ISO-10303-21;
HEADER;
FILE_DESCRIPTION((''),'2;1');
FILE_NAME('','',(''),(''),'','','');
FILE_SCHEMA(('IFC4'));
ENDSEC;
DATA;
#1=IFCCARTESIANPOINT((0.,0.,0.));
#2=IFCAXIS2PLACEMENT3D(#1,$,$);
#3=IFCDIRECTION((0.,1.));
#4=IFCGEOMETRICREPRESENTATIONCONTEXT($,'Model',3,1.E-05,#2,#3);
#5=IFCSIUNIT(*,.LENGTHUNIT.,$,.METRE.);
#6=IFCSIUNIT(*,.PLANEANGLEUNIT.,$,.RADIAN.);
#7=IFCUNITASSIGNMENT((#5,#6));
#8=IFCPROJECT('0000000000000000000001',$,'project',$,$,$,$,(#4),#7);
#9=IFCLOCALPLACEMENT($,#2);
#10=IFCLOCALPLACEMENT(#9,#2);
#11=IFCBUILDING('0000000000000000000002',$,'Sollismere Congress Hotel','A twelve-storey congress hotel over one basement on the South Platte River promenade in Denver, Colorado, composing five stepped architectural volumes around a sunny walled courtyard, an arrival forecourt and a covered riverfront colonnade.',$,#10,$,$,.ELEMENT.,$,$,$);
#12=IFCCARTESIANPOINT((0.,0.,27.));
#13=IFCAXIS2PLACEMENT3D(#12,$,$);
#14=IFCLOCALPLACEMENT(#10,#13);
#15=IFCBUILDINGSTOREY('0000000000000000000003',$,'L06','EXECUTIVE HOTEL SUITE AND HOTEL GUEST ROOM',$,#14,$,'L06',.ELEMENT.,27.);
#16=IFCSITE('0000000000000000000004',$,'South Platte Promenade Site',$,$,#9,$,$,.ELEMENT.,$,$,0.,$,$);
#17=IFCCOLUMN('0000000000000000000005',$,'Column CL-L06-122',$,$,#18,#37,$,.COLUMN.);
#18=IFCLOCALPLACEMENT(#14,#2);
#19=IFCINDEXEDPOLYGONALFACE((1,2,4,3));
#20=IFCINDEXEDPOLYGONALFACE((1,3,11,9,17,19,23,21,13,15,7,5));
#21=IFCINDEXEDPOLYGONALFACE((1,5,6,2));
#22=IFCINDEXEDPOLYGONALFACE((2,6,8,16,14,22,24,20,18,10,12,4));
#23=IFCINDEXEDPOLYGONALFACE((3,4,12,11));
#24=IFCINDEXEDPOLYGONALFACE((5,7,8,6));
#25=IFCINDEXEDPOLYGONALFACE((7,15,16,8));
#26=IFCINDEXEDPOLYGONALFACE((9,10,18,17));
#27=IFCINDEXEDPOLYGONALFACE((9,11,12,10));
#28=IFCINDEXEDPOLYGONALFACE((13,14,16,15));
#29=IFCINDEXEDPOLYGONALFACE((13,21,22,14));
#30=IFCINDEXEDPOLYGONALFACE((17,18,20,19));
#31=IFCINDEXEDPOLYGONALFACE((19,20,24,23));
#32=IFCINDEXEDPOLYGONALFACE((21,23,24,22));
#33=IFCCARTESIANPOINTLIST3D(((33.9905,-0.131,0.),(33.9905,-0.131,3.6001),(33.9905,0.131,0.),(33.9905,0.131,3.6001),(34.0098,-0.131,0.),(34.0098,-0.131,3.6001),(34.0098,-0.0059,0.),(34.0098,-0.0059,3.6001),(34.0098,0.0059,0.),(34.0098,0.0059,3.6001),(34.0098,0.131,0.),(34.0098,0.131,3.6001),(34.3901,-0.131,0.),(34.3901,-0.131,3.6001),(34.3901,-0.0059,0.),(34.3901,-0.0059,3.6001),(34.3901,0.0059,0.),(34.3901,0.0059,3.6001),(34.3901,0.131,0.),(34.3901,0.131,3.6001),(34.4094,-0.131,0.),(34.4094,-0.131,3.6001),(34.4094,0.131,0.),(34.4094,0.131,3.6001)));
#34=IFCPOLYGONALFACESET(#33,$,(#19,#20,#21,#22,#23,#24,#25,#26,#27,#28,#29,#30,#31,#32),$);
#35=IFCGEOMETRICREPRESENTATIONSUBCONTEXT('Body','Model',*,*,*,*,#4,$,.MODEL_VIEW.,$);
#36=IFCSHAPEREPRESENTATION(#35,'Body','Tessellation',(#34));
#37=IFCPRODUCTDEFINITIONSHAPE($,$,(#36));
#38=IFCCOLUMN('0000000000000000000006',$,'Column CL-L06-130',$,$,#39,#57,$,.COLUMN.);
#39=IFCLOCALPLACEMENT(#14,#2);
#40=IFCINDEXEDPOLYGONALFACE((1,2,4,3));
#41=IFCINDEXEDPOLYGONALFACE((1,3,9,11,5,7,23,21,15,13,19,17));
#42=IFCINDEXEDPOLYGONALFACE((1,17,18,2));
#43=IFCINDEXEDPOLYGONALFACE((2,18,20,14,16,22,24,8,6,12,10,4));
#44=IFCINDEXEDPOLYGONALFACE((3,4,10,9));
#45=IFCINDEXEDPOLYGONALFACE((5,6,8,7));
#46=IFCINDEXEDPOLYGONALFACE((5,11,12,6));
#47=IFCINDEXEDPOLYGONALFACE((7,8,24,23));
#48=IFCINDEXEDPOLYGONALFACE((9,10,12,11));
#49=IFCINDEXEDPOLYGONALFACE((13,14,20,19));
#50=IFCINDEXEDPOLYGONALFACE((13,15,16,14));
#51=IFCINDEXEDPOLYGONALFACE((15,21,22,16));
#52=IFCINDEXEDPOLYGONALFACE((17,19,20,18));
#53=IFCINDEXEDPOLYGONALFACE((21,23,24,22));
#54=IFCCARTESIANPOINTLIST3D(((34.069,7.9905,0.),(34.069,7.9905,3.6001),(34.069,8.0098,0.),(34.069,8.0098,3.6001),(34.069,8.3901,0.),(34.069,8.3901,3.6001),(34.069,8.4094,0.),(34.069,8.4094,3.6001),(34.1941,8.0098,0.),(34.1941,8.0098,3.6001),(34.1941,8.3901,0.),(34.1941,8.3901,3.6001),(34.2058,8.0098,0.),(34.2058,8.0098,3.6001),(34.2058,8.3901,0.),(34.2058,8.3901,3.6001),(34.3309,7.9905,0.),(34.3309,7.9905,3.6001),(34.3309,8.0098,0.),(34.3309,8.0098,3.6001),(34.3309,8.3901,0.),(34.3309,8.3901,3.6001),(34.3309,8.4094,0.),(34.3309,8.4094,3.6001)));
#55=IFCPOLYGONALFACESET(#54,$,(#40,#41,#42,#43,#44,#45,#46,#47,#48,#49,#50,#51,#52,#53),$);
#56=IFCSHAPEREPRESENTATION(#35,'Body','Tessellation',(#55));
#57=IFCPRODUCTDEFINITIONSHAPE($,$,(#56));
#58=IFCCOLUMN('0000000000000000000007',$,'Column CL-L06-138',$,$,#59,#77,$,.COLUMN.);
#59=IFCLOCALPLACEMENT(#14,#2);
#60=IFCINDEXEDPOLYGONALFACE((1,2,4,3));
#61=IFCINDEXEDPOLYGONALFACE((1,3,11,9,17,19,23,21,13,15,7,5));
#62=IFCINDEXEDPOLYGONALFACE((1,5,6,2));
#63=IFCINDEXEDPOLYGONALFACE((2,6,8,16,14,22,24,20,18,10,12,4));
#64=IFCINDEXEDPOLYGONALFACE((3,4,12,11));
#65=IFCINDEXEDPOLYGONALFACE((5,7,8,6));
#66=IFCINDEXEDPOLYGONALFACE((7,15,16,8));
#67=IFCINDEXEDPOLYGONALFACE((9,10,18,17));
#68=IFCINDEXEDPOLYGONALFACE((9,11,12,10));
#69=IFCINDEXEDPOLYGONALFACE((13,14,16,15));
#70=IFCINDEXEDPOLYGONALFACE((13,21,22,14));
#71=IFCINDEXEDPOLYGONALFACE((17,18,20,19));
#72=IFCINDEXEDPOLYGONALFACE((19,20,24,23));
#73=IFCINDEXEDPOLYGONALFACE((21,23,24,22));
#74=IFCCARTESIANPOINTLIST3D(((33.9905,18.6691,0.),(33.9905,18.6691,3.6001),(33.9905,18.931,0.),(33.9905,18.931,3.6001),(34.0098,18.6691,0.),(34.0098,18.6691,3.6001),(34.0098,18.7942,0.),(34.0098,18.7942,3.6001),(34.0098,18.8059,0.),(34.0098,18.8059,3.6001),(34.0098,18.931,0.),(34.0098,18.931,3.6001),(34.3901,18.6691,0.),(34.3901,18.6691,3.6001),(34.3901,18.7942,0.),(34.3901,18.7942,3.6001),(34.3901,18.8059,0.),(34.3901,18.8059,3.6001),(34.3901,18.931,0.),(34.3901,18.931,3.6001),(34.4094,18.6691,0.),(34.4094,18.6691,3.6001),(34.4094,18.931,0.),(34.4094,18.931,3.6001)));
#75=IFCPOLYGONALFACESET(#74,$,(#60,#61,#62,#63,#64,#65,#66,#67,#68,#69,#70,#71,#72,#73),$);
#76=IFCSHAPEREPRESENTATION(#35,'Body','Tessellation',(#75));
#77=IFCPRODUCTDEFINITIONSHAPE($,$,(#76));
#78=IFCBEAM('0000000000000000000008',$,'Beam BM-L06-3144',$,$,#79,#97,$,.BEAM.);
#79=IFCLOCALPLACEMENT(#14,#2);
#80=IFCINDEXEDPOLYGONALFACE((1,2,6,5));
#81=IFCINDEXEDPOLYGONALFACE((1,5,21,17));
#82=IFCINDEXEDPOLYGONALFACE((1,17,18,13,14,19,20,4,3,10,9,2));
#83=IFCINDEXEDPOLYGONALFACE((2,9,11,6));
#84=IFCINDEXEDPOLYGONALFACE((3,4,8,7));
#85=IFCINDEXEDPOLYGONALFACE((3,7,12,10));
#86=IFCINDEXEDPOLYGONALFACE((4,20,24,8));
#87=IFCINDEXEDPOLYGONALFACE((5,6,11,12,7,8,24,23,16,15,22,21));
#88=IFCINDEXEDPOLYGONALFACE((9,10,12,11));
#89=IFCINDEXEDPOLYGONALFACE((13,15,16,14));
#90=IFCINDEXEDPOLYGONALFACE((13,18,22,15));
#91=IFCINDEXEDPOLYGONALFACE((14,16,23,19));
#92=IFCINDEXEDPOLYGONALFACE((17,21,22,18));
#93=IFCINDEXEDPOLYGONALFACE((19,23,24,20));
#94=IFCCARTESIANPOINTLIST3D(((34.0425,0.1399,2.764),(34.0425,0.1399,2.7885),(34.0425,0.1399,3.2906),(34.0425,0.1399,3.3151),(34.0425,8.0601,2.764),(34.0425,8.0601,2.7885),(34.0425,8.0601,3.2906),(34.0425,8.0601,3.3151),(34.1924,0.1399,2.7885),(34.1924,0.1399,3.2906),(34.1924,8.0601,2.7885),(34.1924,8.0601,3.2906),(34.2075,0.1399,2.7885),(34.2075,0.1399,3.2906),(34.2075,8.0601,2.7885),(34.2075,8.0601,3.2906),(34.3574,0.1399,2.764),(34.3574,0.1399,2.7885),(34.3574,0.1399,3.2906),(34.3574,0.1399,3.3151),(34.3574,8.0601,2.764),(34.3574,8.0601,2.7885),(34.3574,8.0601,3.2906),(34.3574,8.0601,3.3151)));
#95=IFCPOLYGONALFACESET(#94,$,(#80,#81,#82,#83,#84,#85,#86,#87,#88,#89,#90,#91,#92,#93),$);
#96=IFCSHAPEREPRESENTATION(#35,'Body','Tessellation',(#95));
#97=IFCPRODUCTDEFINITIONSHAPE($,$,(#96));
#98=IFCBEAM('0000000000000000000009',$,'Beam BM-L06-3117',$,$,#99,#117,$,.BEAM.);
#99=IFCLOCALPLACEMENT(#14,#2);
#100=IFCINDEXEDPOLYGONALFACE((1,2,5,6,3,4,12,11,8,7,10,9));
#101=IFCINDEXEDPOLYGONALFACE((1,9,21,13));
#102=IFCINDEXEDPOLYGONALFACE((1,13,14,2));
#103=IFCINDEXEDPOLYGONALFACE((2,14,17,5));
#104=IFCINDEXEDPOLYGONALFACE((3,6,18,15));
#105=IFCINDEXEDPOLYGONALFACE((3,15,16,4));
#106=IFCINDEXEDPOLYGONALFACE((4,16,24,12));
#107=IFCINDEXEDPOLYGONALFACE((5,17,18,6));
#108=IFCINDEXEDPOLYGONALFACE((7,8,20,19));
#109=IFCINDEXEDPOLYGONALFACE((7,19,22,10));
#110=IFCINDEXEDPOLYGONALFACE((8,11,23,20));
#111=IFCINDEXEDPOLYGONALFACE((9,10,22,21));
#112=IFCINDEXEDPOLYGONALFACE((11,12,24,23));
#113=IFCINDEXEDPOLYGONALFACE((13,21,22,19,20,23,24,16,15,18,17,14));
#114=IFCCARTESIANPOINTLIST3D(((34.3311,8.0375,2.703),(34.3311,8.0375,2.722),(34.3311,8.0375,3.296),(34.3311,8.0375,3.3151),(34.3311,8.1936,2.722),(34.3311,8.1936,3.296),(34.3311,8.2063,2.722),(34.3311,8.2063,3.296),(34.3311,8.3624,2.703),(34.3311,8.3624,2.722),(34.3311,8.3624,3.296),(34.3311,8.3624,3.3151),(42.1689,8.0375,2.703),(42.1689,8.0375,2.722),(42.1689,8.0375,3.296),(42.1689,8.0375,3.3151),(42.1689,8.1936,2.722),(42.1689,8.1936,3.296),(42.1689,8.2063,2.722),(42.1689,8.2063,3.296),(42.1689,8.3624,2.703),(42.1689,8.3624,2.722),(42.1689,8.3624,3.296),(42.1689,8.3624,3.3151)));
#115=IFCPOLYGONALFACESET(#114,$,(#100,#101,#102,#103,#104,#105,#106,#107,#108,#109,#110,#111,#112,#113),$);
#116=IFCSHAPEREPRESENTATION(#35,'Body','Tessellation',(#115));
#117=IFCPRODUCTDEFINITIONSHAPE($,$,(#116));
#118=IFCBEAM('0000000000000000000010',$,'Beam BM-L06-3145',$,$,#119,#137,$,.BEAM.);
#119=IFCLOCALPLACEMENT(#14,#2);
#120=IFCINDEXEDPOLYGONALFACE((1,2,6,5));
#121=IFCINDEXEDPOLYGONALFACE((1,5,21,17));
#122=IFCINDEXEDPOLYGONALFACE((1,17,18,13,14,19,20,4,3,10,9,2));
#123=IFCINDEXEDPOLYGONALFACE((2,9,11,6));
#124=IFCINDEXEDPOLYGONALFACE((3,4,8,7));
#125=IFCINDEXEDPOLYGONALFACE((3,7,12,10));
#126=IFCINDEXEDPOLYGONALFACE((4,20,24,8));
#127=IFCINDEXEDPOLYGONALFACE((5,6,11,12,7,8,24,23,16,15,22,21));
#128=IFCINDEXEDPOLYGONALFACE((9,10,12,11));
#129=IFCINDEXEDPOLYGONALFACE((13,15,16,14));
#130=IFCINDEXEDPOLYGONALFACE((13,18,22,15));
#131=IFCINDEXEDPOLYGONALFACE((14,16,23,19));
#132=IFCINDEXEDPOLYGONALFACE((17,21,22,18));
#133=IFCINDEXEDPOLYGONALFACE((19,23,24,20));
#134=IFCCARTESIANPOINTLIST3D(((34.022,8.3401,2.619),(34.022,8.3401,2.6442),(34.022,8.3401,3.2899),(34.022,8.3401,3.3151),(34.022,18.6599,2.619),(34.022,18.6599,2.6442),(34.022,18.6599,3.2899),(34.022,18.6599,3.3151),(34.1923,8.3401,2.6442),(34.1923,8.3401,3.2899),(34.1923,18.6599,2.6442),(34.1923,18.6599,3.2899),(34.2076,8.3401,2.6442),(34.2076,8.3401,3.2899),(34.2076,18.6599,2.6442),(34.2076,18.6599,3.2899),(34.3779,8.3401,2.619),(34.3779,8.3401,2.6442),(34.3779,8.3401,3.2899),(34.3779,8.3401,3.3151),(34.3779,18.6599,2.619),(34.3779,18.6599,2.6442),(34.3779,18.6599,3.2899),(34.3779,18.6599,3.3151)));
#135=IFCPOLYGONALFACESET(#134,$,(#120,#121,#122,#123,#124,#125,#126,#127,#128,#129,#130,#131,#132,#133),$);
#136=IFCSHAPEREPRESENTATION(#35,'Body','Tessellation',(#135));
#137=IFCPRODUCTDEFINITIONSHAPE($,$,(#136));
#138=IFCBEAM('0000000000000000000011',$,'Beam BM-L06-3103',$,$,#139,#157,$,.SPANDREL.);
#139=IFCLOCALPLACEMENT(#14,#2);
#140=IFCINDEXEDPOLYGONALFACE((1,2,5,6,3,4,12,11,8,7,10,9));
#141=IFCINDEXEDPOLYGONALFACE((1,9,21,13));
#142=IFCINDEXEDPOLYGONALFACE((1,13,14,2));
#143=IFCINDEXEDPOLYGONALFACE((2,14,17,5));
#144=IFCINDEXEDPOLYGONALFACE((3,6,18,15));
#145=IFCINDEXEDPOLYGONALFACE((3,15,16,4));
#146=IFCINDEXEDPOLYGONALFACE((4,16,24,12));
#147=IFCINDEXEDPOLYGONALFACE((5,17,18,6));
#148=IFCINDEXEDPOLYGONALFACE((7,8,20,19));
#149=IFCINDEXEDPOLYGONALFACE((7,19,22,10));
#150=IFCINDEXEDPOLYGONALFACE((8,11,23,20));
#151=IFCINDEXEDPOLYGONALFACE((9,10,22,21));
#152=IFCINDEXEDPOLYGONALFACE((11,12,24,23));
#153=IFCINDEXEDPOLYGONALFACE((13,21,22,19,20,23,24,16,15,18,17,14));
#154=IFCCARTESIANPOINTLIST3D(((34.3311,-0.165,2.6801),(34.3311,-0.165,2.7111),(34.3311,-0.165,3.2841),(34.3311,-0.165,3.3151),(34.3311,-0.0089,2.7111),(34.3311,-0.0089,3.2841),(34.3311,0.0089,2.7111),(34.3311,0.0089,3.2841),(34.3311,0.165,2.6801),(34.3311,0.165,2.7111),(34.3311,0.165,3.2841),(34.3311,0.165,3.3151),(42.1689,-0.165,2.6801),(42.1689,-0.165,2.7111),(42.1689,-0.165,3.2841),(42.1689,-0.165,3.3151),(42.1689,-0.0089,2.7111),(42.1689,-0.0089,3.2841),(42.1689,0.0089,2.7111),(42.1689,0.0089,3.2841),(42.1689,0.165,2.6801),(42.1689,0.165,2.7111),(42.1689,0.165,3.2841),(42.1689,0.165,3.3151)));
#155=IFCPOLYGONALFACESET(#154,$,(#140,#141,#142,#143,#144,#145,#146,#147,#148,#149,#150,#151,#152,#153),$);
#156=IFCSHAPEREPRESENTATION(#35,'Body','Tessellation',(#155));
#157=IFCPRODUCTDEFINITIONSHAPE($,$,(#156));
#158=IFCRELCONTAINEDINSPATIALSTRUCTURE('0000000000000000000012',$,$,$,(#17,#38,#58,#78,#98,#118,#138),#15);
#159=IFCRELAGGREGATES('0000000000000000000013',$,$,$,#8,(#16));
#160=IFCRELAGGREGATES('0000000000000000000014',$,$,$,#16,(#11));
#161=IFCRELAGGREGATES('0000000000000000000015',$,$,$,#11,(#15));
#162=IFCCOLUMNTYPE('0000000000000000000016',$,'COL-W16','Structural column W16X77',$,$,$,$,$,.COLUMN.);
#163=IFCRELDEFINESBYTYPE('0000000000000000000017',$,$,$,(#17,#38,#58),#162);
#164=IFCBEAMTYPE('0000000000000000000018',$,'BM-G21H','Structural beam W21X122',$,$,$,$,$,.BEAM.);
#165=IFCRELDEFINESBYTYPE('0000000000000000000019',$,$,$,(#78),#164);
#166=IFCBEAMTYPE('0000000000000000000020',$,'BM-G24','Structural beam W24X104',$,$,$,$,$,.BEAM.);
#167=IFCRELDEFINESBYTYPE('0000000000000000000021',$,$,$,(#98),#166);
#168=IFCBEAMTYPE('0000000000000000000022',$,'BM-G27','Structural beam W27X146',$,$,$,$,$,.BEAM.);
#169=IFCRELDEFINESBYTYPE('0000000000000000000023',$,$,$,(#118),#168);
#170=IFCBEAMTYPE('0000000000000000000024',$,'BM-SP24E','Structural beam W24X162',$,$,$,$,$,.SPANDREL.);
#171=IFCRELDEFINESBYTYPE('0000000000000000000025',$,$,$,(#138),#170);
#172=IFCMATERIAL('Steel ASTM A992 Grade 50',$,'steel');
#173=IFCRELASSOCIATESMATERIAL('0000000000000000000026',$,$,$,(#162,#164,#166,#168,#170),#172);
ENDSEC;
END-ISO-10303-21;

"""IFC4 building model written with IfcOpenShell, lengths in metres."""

from ifc_helpers import new_model, si_unit, direction, frame, origin, origin_2d, place, context, subcontext, project, spatial, i_section, extrude, material, material_profile, profile_set, type_object, element, save


model = new_model("IFC4")

# Units and contexts
model_context = context("Model", 3, precision=1e-05, world=origin(), true_north=direction((0.0, 1.0)))
body_context = subcontext(model_context, "Body", "Model", "MODEL_VIEW")
ifc_project = project(units=[si_unit("LENGTHUNIT", "METRE"), si_unit("PLANEANGLEUNIT", "RADIAN")], contexts=[model_context])

# Site, building, storey
site_placement = place(None, origin())
site = spatial("IfcSite", under=ifc_project, at=site_placement, Name="South Platte Promenade Site", CompositionType="ELEMENT", RefElevation=0.0)
building_placement = place(site_placement, origin())
building = spatial("IfcBuilding", under=site, at=building_placement, Name="Sollismere Congress Hotel", Description="A twelve-storey congress hotel over one basement on the South Platte River promenade in Denver, Colorado, composing five stepped architectural volumes around a sunny walled courtyard, an arrival forecourt and a covered riverfront colonnade.", CompositionType="ELEMENT")
storey_placement = place(building_placement, frame((0.0, 0.0, 27.0)))
storey = spatial("IfcBuildingStorey", under=building, at=storey_placement, Name="L06", Description="EXECUTIVE HOTEL SUITE AND HOTEL GUEST ROOM", LongName="L06", CompositionType="ELEMENT", Elevation=27.0)

# Columns
ifc_material_1 = material(Name="Steel ASTM A992 Grade 50", Category="steel")
ifc_material_profile_1 = material_profile(ifc_material_1, i_section(OverallWidth=0.262, OverallDepth=0.4189, WebThickness=0.0117, FlangeThickness=0.0193, at=origin_2d()), Name="W16X77")
ifc_profile_set_1 = profile_set([ifc_material_profile_1], Name="Steel ASTM A992 Grade 50")
column_type = type_object("IfcColumnType", Name="COL-W16", Description="Structural column W16X77", PredefinedType="COLUMN", material=ifc_profile_set_1)
for number, where, z_axis, x_axis, name in (
    (1, (34.2, 0.0, 0.0), (0.0, 0.0, 1.0), (0.0, 1.0, 0.0), "Column CL-L06-122"),
    (2, (34.2, 8.2, 0.0), (0.0, 0.0, 1.0), (1.0, 0.0, 0.0), "Column CL-L06-130"),
    (3, (34.2, 18.8, 0.0), (0.0, 0.0, 1.0), (0.0, 1.0, 0.0), "Column CL-L06-138"),
):
    element("IfcColumn", number, at=place(storey_placement, frame(where, z_axis=z_axis, x_axis=x_axis)), inside=storey, type_object=column_type, Name=name, PredefinedType="COLUMN", context=body_context, shape_type="SweptSolid", body=[
        extrude(i_section(OverallWidth=0.262, OverallDepth=0.4189, WebThickness=0.0117, FlangeThickness=0.0193, at=origin_2d()), origin(), (0.0, 0.0, 1.0), 3.6001),
    ])

# Beams
ifc_material_profile_2 = material_profile(ifc_material_1, i_section(OverallWidth=0.3149, OverallDepth=0.551, WebThickness=0.0151, FlangeThickness=0.0244, at=origin_2d()), Name="W21X122")
ifc_profile_set_2 = profile_set([ifc_material_profile_2], Name="Steel ASTM A992 Grade 50")
beam_type_1 = type_object("IfcBeamType", Name="BM-G21H", Description="Structural beam W21X122", PredefinedType="BEAM", material=ifc_profile_set_2)
beam_1_placement = place(storey_placement, frame((34.2, 0.1399, 3.0396), z_axis=(0.0, 1.0, 0.0), x_axis=(-1.0, 0.0, 0.0)))
element("IfcBeam", 4, at=beam_1_placement, inside=storey, type_object=beam_type_1, Name="Beam BM-L06-3144", PredefinedType="BEAM", context=body_context, shape_type="SweptSolid", body=[
    extrude(i_section(OverallWidth=0.3149, OverallDepth=0.551, WebThickness=0.0151, FlangeThickness=0.0244, at=origin_2d()), origin(), (0.0, 0.0, 1.0), 7.9202),
])
ifc_material_profile_3 = material_profile(ifc_material_1, i_section(OverallWidth=0.325, OverallDepth=0.6121, WebThickness=0.0127, FlangeThickness=0.019, at=origin_2d()), Name="W24X104")
ifc_profile_set_3 = profile_set([ifc_material_profile_3], Name="Steel ASTM A992 Grade 50")
beam_type_2 = type_object("IfcBeamType", Name="BM-G24", Description="Structural beam W24X104", PredefinedType="BEAM", material=ifc_profile_set_3)
beam_2_placement = place(storey_placement, frame((34.3311, 8.2, 3.009), z_axis=(1.0, 0.0, 0.0), x_axis=(0.0, 1.0, 0.0)))
element("IfcBeam", 5, at=beam_2_placement, inside=storey, type_object=beam_type_2, Name="Beam BM-L06-3117", PredefinedType="BEAM", context=body_context, shape_type="SweptSolid", body=[
    extrude(i_section(OverallWidth=0.325, OverallDepth=0.6121, WebThickness=0.0127, FlangeThickness=0.019, at=origin_2d()), origin(), (0.0, 0.0, 1.0), 7.8379),
])
ifc_material_profile_4 = material_profile(ifc_material_1, i_section(OverallWidth=0.356, OverallDepth=0.696, WebThickness=0.0154, FlangeThickness=0.0251, at=origin_2d()), Name="W27X146")
ifc_profile_set_4 = profile_set([ifc_material_profile_4], Name="Steel ASTM A992 Grade 50")
beam_type_3 = type_object("IfcBeamType", Name="BM-G27", Description="Structural beam W27X146", PredefinedType="BEAM", material=ifc_profile_set_4)
beam_3_placement = place(storey_placement, frame((34.2, 8.3401, 2.967), z_axis=(0.0, 1.0, 0.0), x_axis=(-1.0, 0.0, 0.0)))
element("IfcBeam", 6, at=beam_3_placement, inside=storey, type_object=beam_type_3, Name="Beam BM-L06-3145", PredefinedType="BEAM", context=body_context, shape_type="SweptSolid", body=[
    extrude(i_section(OverallWidth=0.356, OverallDepth=0.696, WebThickness=0.0154, FlangeThickness=0.0251, at=origin_2d()), origin(), (0.0, 0.0, 1.0), 10.3198),
])
ifc_material_profile_5 = material_profile(ifc_material_1, i_section(OverallWidth=0.3301, OverallDepth=0.635, WebThickness=0.0178, FlangeThickness=0.031, at=origin_2d()), Name="W24X162")
ifc_profile_set_5 = profile_set([ifc_material_profile_5], Name="Steel ASTM A992 Grade 50")
beam_type_4 = type_object("IfcBeamType", Name="BM-SP24E", Description="Structural beam W24X162", PredefinedType="SPANDREL", material=ifc_profile_set_5)
beam_4_placement = place(storey_placement, frame((34.3311, 0.0, 2.9976), z_axis=(1.0, 0.0, 0.0), x_axis=(0.0, 1.0, 0.0)))
element("IfcBeam", 7, at=beam_4_placement, inside=storey, type_object=beam_type_4, Name="Beam BM-L06-3103", PredefinedType="SPANDREL", context=body_context, shape_type="SweptSolid", body=[
    extrude(i_section(OverallWidth=0.3301, OverallDepth=0.635, WebThickness=0.0178, FlangeThickness=0.031, at=origin_2d()), origin(), (0.0, 0.0, 1.0), 7.8379),
])

save(model, "model.ifc")
